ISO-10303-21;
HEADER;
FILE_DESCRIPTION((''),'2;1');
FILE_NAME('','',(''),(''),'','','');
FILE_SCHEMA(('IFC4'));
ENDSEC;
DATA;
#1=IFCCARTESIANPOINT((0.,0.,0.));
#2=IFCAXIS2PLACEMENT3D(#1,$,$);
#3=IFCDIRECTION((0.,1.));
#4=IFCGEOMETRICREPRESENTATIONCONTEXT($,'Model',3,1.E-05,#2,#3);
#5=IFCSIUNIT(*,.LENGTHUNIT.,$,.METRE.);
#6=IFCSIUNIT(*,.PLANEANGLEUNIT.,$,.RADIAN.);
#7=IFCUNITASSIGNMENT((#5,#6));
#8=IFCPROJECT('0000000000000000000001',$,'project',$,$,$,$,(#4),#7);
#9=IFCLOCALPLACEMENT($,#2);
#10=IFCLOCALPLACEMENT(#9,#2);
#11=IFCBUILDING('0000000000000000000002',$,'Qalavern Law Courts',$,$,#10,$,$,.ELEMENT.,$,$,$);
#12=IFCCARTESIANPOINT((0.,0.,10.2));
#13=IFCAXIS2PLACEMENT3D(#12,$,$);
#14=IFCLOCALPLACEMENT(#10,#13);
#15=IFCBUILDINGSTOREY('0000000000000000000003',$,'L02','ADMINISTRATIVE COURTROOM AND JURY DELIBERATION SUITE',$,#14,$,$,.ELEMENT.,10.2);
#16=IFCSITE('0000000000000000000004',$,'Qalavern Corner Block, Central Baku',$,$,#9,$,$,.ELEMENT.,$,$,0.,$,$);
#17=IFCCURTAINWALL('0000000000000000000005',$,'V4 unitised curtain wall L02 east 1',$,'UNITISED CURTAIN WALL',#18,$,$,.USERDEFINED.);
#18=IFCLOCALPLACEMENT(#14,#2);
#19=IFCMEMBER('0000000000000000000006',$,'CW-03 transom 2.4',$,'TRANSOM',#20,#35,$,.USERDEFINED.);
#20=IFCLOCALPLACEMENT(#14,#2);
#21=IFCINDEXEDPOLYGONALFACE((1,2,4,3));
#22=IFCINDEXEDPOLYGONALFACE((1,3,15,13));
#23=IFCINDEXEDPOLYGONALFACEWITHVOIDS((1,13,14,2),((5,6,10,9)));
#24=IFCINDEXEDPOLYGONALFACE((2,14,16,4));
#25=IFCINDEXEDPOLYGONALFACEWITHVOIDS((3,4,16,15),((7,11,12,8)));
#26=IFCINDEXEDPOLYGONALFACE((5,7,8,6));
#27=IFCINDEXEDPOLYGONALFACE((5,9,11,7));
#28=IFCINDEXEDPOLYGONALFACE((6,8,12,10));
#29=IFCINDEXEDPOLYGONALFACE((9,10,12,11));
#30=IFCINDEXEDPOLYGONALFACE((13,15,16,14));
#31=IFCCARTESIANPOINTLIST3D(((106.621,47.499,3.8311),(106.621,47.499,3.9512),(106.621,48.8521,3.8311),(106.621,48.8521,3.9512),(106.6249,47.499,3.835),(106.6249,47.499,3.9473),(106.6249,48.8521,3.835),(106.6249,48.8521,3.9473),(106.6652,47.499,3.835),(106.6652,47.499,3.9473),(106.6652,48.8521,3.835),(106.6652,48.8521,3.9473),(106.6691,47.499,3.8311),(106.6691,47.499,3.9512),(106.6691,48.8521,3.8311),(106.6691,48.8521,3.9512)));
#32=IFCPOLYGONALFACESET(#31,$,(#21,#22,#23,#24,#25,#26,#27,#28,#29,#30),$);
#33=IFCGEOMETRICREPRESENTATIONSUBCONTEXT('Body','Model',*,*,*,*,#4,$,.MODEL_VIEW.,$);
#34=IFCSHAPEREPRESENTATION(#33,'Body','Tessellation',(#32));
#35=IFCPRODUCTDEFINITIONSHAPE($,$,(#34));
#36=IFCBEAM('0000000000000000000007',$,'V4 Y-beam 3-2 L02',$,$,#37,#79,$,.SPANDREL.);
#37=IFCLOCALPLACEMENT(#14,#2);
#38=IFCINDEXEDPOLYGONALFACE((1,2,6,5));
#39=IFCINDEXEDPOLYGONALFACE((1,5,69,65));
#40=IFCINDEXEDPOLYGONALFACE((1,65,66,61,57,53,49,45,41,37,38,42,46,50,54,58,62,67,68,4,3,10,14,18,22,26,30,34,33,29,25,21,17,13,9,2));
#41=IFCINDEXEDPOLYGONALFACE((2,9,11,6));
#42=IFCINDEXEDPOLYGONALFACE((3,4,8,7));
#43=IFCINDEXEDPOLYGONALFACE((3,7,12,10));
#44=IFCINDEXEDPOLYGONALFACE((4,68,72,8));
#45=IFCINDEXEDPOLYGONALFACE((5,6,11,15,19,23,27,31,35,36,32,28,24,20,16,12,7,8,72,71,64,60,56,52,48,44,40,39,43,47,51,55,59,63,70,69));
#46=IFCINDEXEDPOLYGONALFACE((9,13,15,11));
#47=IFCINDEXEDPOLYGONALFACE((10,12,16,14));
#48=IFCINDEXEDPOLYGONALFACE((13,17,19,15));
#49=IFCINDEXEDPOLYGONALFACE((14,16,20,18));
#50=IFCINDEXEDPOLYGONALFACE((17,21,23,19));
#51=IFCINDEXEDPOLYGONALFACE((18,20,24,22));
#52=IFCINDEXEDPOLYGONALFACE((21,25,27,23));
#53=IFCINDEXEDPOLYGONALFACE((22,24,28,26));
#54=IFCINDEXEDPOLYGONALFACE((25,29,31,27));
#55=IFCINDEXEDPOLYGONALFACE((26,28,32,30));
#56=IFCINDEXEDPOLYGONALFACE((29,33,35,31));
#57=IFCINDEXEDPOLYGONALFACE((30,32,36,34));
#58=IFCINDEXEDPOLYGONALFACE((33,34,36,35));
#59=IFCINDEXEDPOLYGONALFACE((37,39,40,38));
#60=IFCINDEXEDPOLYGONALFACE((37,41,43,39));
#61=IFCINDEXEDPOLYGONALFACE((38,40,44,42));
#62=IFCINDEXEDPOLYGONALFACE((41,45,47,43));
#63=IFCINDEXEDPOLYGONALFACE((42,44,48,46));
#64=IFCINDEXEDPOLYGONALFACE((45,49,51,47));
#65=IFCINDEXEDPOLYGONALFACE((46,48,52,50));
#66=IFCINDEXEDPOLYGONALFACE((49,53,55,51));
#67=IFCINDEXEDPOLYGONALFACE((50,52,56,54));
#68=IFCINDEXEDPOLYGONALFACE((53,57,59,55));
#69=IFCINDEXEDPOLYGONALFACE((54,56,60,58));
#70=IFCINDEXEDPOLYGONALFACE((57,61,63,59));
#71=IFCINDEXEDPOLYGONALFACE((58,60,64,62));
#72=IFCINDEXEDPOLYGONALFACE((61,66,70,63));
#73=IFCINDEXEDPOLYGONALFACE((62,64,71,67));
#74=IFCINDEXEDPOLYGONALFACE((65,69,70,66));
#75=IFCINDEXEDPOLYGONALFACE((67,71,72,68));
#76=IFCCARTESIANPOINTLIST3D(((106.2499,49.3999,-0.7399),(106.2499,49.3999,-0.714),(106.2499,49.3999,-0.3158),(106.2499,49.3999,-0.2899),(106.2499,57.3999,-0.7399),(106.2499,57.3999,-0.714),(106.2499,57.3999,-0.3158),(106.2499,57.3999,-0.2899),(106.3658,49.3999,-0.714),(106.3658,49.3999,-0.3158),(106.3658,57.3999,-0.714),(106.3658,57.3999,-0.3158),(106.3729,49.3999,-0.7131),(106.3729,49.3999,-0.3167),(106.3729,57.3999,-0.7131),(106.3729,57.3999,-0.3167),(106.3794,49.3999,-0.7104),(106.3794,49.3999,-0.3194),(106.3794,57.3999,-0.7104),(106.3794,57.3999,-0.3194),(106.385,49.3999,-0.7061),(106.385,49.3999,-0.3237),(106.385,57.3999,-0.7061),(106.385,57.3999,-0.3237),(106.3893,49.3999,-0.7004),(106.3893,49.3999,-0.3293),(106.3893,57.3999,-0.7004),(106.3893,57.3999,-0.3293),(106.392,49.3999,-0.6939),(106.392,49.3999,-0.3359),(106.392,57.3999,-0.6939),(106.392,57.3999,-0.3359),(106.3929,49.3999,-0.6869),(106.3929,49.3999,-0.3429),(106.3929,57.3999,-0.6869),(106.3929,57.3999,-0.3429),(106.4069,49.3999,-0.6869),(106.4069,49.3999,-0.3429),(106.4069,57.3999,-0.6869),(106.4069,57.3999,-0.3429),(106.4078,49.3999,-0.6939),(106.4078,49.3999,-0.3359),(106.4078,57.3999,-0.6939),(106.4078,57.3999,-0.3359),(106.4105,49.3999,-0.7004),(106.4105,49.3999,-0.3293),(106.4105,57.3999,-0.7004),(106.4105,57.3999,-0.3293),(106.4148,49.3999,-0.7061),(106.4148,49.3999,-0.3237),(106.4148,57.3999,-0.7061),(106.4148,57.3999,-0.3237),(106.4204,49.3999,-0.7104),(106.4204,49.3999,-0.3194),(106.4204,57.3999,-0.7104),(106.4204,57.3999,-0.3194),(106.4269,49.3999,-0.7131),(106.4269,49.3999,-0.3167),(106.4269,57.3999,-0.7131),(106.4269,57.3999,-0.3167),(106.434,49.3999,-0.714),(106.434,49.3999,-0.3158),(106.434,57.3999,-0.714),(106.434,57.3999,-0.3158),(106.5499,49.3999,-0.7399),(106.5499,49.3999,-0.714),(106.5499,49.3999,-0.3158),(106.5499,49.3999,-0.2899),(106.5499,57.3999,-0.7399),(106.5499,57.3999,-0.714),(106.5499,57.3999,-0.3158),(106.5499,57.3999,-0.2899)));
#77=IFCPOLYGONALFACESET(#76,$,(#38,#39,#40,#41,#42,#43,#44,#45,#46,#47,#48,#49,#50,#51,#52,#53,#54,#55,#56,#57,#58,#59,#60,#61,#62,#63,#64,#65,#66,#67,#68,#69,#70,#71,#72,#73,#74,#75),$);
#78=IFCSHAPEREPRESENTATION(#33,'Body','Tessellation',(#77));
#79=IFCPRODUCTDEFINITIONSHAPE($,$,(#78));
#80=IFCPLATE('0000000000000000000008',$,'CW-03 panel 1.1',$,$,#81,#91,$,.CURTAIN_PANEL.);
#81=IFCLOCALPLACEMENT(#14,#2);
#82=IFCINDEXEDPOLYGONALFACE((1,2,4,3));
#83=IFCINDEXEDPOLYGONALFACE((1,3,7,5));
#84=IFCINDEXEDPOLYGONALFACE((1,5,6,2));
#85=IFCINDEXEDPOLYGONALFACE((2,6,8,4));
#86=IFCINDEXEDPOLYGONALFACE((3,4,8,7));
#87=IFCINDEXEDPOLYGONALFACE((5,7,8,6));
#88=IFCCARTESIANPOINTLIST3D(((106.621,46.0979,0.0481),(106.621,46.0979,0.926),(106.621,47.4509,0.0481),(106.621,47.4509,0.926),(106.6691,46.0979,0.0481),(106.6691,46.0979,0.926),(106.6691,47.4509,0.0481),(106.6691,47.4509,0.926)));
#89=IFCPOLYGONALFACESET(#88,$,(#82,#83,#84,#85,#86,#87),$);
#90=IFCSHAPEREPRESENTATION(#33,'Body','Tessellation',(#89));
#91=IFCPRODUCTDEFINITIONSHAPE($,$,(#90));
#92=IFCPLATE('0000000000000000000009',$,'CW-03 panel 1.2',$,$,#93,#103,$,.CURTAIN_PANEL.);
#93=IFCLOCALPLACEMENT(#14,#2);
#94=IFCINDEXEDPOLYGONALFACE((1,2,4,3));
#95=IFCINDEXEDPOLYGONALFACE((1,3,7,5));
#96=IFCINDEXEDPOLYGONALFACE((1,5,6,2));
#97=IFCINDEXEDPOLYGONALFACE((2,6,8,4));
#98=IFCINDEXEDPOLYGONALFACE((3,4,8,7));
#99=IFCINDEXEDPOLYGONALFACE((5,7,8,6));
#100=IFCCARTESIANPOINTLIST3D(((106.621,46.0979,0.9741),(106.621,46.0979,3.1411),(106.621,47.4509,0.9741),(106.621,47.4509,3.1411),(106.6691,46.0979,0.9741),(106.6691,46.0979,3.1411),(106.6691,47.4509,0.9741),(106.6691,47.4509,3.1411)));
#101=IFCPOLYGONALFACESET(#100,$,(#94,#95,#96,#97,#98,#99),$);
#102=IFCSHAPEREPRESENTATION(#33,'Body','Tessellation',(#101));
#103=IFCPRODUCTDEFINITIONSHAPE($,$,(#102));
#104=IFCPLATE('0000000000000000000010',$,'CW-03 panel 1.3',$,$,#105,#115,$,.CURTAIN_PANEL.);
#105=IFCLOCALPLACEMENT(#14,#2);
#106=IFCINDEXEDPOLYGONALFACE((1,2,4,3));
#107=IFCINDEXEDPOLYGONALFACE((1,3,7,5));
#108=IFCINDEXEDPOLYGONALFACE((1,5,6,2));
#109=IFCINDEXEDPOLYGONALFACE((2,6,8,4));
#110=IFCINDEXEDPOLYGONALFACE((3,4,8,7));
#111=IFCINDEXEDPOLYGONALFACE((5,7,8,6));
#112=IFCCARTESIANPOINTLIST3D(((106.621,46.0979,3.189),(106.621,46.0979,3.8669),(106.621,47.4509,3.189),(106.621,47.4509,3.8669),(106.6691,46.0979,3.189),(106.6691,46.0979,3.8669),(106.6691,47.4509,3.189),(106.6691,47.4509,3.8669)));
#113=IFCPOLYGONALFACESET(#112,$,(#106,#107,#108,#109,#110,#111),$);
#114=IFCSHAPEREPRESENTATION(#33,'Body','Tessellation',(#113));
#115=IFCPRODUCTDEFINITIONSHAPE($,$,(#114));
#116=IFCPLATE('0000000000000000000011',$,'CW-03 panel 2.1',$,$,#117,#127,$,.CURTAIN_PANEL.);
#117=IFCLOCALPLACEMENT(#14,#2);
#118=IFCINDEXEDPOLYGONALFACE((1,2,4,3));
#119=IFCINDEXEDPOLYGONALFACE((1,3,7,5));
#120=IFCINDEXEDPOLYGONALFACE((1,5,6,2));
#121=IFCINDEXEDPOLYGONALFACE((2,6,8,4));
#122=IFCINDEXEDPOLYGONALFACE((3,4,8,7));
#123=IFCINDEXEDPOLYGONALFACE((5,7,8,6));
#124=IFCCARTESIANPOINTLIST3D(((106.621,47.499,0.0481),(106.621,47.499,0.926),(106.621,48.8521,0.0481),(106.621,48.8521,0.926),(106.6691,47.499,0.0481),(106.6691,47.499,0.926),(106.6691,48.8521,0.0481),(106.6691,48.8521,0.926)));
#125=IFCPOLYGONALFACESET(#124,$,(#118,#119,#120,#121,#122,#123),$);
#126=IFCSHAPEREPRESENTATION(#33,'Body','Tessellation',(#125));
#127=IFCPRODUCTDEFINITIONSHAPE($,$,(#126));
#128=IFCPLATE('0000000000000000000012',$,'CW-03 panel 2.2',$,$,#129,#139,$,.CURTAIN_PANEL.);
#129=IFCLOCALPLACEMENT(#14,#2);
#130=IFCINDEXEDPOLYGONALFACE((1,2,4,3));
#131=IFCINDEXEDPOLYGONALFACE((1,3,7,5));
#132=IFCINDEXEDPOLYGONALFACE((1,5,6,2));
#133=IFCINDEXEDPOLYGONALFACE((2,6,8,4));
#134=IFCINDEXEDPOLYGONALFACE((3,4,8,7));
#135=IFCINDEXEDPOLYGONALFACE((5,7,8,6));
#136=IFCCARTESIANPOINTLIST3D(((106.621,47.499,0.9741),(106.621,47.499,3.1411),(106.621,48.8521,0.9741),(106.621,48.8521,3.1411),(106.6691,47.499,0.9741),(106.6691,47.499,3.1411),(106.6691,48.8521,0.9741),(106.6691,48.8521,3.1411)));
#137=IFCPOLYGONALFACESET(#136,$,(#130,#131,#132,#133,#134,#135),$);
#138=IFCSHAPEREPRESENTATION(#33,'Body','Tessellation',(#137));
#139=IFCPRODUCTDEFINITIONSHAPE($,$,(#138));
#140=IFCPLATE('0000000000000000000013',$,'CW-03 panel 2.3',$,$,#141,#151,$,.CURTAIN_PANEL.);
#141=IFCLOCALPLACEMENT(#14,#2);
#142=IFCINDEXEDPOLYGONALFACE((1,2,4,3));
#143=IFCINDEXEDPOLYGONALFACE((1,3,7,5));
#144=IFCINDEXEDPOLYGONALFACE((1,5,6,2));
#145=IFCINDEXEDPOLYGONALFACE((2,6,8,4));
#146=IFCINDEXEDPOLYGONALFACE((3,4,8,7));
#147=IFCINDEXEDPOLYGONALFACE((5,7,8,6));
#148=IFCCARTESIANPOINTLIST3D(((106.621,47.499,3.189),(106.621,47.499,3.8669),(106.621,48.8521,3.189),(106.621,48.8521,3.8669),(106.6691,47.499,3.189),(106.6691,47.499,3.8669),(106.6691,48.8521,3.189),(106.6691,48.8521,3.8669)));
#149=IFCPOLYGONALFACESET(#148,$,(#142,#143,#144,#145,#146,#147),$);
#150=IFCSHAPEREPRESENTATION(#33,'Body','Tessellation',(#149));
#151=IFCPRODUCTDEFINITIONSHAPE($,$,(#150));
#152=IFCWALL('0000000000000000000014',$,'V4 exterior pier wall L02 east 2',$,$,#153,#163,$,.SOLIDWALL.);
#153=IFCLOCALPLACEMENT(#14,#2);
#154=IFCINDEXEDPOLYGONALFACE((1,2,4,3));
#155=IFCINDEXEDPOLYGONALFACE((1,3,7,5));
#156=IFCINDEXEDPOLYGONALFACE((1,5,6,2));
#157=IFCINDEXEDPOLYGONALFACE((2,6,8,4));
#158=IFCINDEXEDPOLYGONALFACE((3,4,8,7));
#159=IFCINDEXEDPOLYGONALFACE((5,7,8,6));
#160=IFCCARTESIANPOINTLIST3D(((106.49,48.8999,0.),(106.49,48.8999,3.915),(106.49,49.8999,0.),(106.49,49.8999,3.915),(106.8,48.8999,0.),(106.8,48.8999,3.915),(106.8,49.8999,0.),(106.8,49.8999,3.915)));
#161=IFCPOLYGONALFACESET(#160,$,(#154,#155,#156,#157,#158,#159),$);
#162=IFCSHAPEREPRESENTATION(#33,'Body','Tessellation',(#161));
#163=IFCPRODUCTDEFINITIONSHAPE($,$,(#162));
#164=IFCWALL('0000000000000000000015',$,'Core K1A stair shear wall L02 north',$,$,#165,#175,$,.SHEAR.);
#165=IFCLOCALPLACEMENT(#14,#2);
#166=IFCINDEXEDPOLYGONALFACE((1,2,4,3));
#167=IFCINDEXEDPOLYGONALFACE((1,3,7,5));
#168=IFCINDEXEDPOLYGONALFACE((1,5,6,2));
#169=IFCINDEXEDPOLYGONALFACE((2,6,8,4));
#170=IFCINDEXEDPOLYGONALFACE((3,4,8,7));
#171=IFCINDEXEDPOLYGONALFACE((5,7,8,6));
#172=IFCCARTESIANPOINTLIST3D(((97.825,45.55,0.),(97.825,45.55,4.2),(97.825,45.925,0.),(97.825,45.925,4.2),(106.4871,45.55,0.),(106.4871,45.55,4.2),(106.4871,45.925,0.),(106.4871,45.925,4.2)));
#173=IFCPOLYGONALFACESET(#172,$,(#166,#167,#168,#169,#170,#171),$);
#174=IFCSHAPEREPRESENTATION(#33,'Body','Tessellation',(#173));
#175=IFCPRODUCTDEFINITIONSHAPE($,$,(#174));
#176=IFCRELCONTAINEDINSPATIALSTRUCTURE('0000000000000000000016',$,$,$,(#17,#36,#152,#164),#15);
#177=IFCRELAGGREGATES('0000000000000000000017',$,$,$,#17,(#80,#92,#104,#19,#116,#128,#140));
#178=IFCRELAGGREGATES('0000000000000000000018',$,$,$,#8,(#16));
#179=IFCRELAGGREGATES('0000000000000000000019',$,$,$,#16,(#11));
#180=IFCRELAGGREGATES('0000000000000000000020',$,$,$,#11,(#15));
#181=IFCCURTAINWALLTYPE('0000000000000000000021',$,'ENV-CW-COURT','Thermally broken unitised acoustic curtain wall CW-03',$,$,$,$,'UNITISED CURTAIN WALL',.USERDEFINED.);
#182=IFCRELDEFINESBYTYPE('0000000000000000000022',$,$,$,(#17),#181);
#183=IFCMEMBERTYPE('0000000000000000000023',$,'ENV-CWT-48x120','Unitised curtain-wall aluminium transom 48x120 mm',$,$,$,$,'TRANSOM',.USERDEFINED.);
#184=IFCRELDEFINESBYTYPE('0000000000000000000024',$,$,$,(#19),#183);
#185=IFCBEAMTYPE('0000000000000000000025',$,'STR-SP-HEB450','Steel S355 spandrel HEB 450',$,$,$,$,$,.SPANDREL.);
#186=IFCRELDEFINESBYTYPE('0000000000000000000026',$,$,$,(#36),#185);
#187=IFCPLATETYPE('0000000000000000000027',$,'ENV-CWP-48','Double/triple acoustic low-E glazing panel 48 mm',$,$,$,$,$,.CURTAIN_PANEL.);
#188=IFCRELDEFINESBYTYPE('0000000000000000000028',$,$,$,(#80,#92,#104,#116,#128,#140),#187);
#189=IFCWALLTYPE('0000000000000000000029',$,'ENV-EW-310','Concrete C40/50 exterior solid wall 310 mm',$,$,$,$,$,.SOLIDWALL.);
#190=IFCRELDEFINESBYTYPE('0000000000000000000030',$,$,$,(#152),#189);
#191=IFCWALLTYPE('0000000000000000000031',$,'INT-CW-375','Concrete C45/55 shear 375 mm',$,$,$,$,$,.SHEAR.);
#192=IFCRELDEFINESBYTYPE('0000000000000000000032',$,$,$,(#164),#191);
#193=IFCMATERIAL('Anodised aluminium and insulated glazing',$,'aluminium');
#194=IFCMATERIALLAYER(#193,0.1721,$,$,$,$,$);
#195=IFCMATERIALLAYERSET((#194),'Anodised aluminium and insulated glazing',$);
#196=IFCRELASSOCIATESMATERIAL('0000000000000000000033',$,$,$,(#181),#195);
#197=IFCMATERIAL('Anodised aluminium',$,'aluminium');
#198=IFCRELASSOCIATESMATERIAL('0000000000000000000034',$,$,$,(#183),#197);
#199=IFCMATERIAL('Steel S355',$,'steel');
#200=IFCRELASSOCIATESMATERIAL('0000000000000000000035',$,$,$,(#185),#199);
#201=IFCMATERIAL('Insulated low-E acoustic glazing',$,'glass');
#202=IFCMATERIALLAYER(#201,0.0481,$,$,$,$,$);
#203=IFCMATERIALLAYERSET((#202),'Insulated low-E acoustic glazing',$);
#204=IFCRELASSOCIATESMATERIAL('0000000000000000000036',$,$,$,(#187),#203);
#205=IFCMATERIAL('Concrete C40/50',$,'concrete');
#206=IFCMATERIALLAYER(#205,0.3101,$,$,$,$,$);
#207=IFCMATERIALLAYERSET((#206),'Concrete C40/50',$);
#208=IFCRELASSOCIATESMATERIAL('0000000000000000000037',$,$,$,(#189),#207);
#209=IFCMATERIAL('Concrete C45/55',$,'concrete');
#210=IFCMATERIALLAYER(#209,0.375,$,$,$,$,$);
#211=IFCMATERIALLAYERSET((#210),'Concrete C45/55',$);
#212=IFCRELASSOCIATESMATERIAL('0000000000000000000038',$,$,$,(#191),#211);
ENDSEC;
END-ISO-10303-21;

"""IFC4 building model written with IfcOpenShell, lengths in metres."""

from ifc_helpers import new_model, si_unit, direction, frame, frame_2d, origin, origin_2d, place, context, subcontext, project, spatial, rectangle, hollow_rectangle, i_section, extrude, material, layer, layer_set, material_profile, profile_set, type_object, element, aggregate, save


model = new_model("IFC4")

# Units and contexts
model_context = context("Model", 3, precision=1e-05, world=origin(), true_north=direction((0.0, 1.0)))
body_context = subcontext(model_context, "Body", "Model", "MODEL_VIEW")
ifc_project = project(units=[si_unit("LENGTHUNIT", "METRE"), si_unit("PLANEANGLEUNIT", "RADIAN")], contexts=[model_context])

# Site, building, storey
site_placement = place(None, origin())
site = spatial("IfcSite", under=ifc_project, at=site_placement, Name="Qalavern Corner Block, Central Baku", CompositionType="ELEMENT", RefElevation=0.0)
building_placement = place(site_placement, origin())
building = spatial("IfcBuilding", under=site, at=building_placement, Name="Qalavern Law Courts", CompositionType="ELEMENT")
storey_placement = place(building_placement, frame((0.0, 0.0, 10.2)))
storey = spatial("IfcBuildingStorey", under=building, at=storey_placement, Name="L02", Description="ADMINISTRATIVE COURTROOM AND JURY DELIBERATION SUITE", CompositionType="ELEMENT", Elevation=10.2)

# Shared definitions
ifc_material_1 = material(Name="Concrete C45/55", Category="concrete")

# Curtain wall, member
ifc_material_2 = material(Name="Anodised aluminium and insulated glazing", Category="aluminium")
ifc_layer_1 = layer(ifc_material_2, 0.1721)
ifc_layer_set_1 = layer_set([ifc_layer_1], Name="Anodised aluminium and insulated glazing")
curtain_wall_type = type_object("IfcCurtainWallType", Name="ENV-CW-COURT", Description="Thermally broken unitised acoustic curtain wall CW-03", ElementType="UNITISED CURTAIN WALL", PredefinedType="USERDEFINED", material=ifc_layer_set_1)
curtain_wall_placement = place(storey_placement, origin())
curtain_wall = element("IfcCurtainWall", 1, at=curtain_wall_placement, inside=storey, type_object=curtain_wall_type, Name="V4 unitised curtain wall L02 east 1", ObjectType="UNITISED CURTAIN WALL", PredefinedType="USERDEFINED")
ifc_material_3 = material(Name="Anodised aluminium", Category="aluminium")
ifc_material_profile_1 = material_profile(ifc_material_3, hollow_rectangle(XDim=0.0481, YDim=0.1201, WallThickness=0.0039, at=origin_2d()), Name="ALU TRANSOM 48x120")
ifc_profile_set_1 = profile_set([ifc_material_profile_1], Name="Anodised aluminium")
member_type_1 = type_object("IfcMemberType", Name="ENV-CWT-48x120", Description="Unitised curtain-wall aluminium transom 48x120 mm", ElementType="TRANSOM", PredefinedType="USERDEFINED", material=ifc_profile_set_1)
member_1_placement = place(storey_placement, frame((106.645, 47.499, 3.8911), z_axis=(0.0, 1.0, 0.0), x_axis=(-1.0, 0.0, 0.0)))
member_1 = element("IfcMember", 2, at=member_1_placement, type_object=member_type_1, Name="CW-03 transom 2.4", ObjectType="TRANSOM", PredefinedType="USERDEFINED", context=body_context, shape_type="SweptSolid", body=[
    extrude(hollow_rectangle(XDim=0.0481, YDim=0.1201, WallThickness=0.0039, at=origin_2d()), origin(), (0.0, 0.0, 1.0), 1.353),
])

# Beam
ifc_material_4 = material(Name="Steel S355", Category="steel")
ifc_material_profile_2 = material_profile(ifc_material_4, i_section(OverallWidth=0.3, OverallDepth=0.45, WebThickness=0.0139, FlangeThickness=0.0259, FilletRadius=0.0271, at=origin_2d()), Name="HEB 450")
ifc_profile_set_2 = profile_set([ifc_material_profile_2], Name="Steel S355")
beam_type = type_object("IfcBeamType", Name="STR-SP-HEB450", Description="Steel S355 spandrel HEB 450", PredefinedType="SPANDREL", material=ifc_profile_set_2)
beam_placement = place(storey_placement, frame((106.3999, 49.3999, -0.5149), z_axis=(0.0, 1.0, 0.0), x_axis=(-1.0, 0.0, 0.0)))
element("IfcBeam", 3, at=beam_placement, inside=storey, type_object=beam_type, Name="V4 Y-beam 3-2 L02", PredefinedType="SPANDREL", context=body_context, shape_type="SweptSolid", body=[
    extrude(i_section(OverallWidth=0.3, OverallDepth=0.45, WebThickness=0.0139, FlangeThickness=0.0259, FilletRadius=0.0271, at=origin_2d()), origin(), (0.0, 0.0, 1.0), 8.0),
])

# Plates
ifc_material_5 = material(Name="Insulated low-E acoustic glazing", Category="glass")
ifc_layer_2 = layer(ifc_material_5, 0.0481)
ifc_layer_set_2 = layer_set([ifc_layer_2], Name="Insulated low-E acoustic glazing")
plate_type = type_object("IfcPlateType", Name="ENV-CWP-48", Description="Double/triple acoustic low-E glazing panel 48 mm", PredefinedType="CURTAIN_PANEL", material=ifc_layer_set_2)
plate_1_placement = place(storey_placement, frame((106.645, 46.7744, 0.0481), z_axis=(0.0, 0.0, 1.0), x_axis=(0.0, 1.0, 0.0)))
plate_1 = element("IfcPlate", 4, at=plate_1_placement, type_object=plate_type, Name="CW-03 panel 1.1", PredefinedType="CURTAIN_PANEL", context=body_context, shape_type="SweptSolid", body=[
    extrude(rectangle(XDim=1.353, YDim=0.0481, at=origin_2d()), origin(), (0.0, 0.0, 1.0), 0.8779),
])
plate_2_placement = place(storey_placement, frame((106.645, 46.7744, 0.9741), z_axis=(0.0, 0.0, 1.0), x_axis=(0.0, 1.0, 0.0)))
plate_2 = element("IfcPlate", 5, at=plate_2_placement, type_object=plate_type, Name="CW-03 panel 1.2", PredefinedType="CURTAIN_PANEL", context=body_context, shape_type="SweptSolid", body=[
    extrude(rectangle(XDim=1.353, YDim=0.0481, at=origin_2d()), origin(), (0.0, 0.0, 1.0), 2.167),
])
plate_3_placement = place(storey_placement, frame((106.645, 46.7744, 3.189), z_axis=(0.0, 0.0, 1.0), x_axis=(0.0, 1.0, 0.0)))
plate_3 = element("IfcPlate", 6, at=plate_3_placement, type_object=plate_type, Name="CW-03 panel 1.3", PredefinedType="CURTAIN_PANEL", context=body_context, shape_type="SweptSolid", body=[
    extrude(rectangle(XDim=1.353, YDim=0.0481, at=origin_2d()), origin(), (0.0, 0.0, 1.0), 0.678),
])
plate_4_placement = place(storey_placement, frame((106.645, 48.1755, 0.0481), z_axis=(0.0, 0.0, 1.0), x_axis=(0.0, 1.0, 0.0)))
plate_4 = element("IfcPlate", 7, at=plate_4_placement, type_object=plate_type, Name="CW-03 panel 2.1", PredefinedType="CURTAIN_PANEL", context=body_context, shape_type="SweptSolid", body=[
    extrude(rectangle(XDim=1.353, YDim=0.0481, at=origin_2d()), origin(), (0.0, 0.0, 1.0), 0.8779),
])
plate_5_placement = place(storey_placement, frame((106.645, 48.1755, 0.9741), z_axis=(0.0, 0.0, 1.0), x_axis=(0.0, 1.0, 0.0)))
plate_5 = element("IfcPlate", 8, at=plate_5_placement, type_object=plate_type, Name="CW-03 panel 2.2", PredefinedType="CURTAIN_PANEL", context=body_context, shape_type="SweptSolid", body=[
    extrude(rectangle(XDim=1.353, YDim=0.0481, at=origin_2d()), origin(), (0.0, 0.0, 1.0), 2.167),
])
plate_6_placement = place(storey_placement, frame((106.645, 48.1755, 3.189), z_axis=(0.0, 0.0, 1.0), x_axis=(0.0, 1.0, 0.0)))
plate_6 = element("IfcPlate", 9, at=plate_6_placement, type_object=plate_type, Name="CW-03 panel 2.3", PredefinedType="CURTAIN_PANEL", context=body_context, shape_type="SweptSolid", body=[
    extrude(rectangle(XDim=1.353, YDim=0.0481, at=origin_2d()), origin(), (0.0, 0.0, 1.0), 0.678),
])
aggregate(curtain_wall, [plate_1, plate_2, plate_3, member_1, plate_4, plate_5, plate_6])

# Walls
ifc_material_6 = material(Name="Concrete C40/50", Category="concrete")
ifc_layer_3 = layer(ifc_material_6, 0.3101)
ifc_layer_set_3 = layer_set([ifc_layer_3], Name="Concrete C40/50")
wall_type_1 = type_object("IfcWallType", Name="ENV-EW-310", Description="Concrete C40/50 exterior solid wall 310 mm", PredefinedType="SOLIDWALL", material=ifc_layer_set_3)
wall_1_placement = place(storey_placement, frame((106.645, 48.8999, 0.0), z_axis=(0.0, 0.0, 1.0), x_axis=(0.0, 1.0, 0.0)))
element("IfcWall", 10, at=wall_1_placement, inside=storey, type_object=wall_type_1, Name="V4 exterior pier wall L02 east 2", PredefinedType="SOLIDWALL", context=body_context, shape_type="SweptSolid", body=[
    extrude(rectangle(XDim=1.0, YDim=0.3101, at=frame_2d((0.5, 0.0))), origin(), (0.0, 0.0, 1.0), 3.915),
])
ifc_layer_4 = layer(ifc_material_1, 0.375)
ifc_layer_set_4 = layer_set([ifc_layer_4], Name="Concrete C45/55")
wall_type_2 = type_object("IfcWallType", Name="INT-CW-375", Description="Concrete C45/55 shear 375 mm", PredefinedType="SHEAR", material=ifc_layer_set_4)
wall_2_placement = place(storey_placement, frame((106.4871, 45.7375, 0.0), z_axis=(0.0, 0.0, 1.0), x_axis=(-1.0, 0.0, 0.0)))
element("IfcWall", 11, at=wall_2_placement, inside=storey, type_object=wall_type_2, Name="Core K1A stair shear wall L02 north", PredefinedType="SHEAR", context=body_context, shape_type="SweptSolid", body=[
    extrude(rectangle(XDim=8.6621, YDim=0.375, at=frame_2d((4.3311, 0.0))), origin(), (0.0, 0.0, 1.0), 4.2),
])

save(model, "model.ifc")
